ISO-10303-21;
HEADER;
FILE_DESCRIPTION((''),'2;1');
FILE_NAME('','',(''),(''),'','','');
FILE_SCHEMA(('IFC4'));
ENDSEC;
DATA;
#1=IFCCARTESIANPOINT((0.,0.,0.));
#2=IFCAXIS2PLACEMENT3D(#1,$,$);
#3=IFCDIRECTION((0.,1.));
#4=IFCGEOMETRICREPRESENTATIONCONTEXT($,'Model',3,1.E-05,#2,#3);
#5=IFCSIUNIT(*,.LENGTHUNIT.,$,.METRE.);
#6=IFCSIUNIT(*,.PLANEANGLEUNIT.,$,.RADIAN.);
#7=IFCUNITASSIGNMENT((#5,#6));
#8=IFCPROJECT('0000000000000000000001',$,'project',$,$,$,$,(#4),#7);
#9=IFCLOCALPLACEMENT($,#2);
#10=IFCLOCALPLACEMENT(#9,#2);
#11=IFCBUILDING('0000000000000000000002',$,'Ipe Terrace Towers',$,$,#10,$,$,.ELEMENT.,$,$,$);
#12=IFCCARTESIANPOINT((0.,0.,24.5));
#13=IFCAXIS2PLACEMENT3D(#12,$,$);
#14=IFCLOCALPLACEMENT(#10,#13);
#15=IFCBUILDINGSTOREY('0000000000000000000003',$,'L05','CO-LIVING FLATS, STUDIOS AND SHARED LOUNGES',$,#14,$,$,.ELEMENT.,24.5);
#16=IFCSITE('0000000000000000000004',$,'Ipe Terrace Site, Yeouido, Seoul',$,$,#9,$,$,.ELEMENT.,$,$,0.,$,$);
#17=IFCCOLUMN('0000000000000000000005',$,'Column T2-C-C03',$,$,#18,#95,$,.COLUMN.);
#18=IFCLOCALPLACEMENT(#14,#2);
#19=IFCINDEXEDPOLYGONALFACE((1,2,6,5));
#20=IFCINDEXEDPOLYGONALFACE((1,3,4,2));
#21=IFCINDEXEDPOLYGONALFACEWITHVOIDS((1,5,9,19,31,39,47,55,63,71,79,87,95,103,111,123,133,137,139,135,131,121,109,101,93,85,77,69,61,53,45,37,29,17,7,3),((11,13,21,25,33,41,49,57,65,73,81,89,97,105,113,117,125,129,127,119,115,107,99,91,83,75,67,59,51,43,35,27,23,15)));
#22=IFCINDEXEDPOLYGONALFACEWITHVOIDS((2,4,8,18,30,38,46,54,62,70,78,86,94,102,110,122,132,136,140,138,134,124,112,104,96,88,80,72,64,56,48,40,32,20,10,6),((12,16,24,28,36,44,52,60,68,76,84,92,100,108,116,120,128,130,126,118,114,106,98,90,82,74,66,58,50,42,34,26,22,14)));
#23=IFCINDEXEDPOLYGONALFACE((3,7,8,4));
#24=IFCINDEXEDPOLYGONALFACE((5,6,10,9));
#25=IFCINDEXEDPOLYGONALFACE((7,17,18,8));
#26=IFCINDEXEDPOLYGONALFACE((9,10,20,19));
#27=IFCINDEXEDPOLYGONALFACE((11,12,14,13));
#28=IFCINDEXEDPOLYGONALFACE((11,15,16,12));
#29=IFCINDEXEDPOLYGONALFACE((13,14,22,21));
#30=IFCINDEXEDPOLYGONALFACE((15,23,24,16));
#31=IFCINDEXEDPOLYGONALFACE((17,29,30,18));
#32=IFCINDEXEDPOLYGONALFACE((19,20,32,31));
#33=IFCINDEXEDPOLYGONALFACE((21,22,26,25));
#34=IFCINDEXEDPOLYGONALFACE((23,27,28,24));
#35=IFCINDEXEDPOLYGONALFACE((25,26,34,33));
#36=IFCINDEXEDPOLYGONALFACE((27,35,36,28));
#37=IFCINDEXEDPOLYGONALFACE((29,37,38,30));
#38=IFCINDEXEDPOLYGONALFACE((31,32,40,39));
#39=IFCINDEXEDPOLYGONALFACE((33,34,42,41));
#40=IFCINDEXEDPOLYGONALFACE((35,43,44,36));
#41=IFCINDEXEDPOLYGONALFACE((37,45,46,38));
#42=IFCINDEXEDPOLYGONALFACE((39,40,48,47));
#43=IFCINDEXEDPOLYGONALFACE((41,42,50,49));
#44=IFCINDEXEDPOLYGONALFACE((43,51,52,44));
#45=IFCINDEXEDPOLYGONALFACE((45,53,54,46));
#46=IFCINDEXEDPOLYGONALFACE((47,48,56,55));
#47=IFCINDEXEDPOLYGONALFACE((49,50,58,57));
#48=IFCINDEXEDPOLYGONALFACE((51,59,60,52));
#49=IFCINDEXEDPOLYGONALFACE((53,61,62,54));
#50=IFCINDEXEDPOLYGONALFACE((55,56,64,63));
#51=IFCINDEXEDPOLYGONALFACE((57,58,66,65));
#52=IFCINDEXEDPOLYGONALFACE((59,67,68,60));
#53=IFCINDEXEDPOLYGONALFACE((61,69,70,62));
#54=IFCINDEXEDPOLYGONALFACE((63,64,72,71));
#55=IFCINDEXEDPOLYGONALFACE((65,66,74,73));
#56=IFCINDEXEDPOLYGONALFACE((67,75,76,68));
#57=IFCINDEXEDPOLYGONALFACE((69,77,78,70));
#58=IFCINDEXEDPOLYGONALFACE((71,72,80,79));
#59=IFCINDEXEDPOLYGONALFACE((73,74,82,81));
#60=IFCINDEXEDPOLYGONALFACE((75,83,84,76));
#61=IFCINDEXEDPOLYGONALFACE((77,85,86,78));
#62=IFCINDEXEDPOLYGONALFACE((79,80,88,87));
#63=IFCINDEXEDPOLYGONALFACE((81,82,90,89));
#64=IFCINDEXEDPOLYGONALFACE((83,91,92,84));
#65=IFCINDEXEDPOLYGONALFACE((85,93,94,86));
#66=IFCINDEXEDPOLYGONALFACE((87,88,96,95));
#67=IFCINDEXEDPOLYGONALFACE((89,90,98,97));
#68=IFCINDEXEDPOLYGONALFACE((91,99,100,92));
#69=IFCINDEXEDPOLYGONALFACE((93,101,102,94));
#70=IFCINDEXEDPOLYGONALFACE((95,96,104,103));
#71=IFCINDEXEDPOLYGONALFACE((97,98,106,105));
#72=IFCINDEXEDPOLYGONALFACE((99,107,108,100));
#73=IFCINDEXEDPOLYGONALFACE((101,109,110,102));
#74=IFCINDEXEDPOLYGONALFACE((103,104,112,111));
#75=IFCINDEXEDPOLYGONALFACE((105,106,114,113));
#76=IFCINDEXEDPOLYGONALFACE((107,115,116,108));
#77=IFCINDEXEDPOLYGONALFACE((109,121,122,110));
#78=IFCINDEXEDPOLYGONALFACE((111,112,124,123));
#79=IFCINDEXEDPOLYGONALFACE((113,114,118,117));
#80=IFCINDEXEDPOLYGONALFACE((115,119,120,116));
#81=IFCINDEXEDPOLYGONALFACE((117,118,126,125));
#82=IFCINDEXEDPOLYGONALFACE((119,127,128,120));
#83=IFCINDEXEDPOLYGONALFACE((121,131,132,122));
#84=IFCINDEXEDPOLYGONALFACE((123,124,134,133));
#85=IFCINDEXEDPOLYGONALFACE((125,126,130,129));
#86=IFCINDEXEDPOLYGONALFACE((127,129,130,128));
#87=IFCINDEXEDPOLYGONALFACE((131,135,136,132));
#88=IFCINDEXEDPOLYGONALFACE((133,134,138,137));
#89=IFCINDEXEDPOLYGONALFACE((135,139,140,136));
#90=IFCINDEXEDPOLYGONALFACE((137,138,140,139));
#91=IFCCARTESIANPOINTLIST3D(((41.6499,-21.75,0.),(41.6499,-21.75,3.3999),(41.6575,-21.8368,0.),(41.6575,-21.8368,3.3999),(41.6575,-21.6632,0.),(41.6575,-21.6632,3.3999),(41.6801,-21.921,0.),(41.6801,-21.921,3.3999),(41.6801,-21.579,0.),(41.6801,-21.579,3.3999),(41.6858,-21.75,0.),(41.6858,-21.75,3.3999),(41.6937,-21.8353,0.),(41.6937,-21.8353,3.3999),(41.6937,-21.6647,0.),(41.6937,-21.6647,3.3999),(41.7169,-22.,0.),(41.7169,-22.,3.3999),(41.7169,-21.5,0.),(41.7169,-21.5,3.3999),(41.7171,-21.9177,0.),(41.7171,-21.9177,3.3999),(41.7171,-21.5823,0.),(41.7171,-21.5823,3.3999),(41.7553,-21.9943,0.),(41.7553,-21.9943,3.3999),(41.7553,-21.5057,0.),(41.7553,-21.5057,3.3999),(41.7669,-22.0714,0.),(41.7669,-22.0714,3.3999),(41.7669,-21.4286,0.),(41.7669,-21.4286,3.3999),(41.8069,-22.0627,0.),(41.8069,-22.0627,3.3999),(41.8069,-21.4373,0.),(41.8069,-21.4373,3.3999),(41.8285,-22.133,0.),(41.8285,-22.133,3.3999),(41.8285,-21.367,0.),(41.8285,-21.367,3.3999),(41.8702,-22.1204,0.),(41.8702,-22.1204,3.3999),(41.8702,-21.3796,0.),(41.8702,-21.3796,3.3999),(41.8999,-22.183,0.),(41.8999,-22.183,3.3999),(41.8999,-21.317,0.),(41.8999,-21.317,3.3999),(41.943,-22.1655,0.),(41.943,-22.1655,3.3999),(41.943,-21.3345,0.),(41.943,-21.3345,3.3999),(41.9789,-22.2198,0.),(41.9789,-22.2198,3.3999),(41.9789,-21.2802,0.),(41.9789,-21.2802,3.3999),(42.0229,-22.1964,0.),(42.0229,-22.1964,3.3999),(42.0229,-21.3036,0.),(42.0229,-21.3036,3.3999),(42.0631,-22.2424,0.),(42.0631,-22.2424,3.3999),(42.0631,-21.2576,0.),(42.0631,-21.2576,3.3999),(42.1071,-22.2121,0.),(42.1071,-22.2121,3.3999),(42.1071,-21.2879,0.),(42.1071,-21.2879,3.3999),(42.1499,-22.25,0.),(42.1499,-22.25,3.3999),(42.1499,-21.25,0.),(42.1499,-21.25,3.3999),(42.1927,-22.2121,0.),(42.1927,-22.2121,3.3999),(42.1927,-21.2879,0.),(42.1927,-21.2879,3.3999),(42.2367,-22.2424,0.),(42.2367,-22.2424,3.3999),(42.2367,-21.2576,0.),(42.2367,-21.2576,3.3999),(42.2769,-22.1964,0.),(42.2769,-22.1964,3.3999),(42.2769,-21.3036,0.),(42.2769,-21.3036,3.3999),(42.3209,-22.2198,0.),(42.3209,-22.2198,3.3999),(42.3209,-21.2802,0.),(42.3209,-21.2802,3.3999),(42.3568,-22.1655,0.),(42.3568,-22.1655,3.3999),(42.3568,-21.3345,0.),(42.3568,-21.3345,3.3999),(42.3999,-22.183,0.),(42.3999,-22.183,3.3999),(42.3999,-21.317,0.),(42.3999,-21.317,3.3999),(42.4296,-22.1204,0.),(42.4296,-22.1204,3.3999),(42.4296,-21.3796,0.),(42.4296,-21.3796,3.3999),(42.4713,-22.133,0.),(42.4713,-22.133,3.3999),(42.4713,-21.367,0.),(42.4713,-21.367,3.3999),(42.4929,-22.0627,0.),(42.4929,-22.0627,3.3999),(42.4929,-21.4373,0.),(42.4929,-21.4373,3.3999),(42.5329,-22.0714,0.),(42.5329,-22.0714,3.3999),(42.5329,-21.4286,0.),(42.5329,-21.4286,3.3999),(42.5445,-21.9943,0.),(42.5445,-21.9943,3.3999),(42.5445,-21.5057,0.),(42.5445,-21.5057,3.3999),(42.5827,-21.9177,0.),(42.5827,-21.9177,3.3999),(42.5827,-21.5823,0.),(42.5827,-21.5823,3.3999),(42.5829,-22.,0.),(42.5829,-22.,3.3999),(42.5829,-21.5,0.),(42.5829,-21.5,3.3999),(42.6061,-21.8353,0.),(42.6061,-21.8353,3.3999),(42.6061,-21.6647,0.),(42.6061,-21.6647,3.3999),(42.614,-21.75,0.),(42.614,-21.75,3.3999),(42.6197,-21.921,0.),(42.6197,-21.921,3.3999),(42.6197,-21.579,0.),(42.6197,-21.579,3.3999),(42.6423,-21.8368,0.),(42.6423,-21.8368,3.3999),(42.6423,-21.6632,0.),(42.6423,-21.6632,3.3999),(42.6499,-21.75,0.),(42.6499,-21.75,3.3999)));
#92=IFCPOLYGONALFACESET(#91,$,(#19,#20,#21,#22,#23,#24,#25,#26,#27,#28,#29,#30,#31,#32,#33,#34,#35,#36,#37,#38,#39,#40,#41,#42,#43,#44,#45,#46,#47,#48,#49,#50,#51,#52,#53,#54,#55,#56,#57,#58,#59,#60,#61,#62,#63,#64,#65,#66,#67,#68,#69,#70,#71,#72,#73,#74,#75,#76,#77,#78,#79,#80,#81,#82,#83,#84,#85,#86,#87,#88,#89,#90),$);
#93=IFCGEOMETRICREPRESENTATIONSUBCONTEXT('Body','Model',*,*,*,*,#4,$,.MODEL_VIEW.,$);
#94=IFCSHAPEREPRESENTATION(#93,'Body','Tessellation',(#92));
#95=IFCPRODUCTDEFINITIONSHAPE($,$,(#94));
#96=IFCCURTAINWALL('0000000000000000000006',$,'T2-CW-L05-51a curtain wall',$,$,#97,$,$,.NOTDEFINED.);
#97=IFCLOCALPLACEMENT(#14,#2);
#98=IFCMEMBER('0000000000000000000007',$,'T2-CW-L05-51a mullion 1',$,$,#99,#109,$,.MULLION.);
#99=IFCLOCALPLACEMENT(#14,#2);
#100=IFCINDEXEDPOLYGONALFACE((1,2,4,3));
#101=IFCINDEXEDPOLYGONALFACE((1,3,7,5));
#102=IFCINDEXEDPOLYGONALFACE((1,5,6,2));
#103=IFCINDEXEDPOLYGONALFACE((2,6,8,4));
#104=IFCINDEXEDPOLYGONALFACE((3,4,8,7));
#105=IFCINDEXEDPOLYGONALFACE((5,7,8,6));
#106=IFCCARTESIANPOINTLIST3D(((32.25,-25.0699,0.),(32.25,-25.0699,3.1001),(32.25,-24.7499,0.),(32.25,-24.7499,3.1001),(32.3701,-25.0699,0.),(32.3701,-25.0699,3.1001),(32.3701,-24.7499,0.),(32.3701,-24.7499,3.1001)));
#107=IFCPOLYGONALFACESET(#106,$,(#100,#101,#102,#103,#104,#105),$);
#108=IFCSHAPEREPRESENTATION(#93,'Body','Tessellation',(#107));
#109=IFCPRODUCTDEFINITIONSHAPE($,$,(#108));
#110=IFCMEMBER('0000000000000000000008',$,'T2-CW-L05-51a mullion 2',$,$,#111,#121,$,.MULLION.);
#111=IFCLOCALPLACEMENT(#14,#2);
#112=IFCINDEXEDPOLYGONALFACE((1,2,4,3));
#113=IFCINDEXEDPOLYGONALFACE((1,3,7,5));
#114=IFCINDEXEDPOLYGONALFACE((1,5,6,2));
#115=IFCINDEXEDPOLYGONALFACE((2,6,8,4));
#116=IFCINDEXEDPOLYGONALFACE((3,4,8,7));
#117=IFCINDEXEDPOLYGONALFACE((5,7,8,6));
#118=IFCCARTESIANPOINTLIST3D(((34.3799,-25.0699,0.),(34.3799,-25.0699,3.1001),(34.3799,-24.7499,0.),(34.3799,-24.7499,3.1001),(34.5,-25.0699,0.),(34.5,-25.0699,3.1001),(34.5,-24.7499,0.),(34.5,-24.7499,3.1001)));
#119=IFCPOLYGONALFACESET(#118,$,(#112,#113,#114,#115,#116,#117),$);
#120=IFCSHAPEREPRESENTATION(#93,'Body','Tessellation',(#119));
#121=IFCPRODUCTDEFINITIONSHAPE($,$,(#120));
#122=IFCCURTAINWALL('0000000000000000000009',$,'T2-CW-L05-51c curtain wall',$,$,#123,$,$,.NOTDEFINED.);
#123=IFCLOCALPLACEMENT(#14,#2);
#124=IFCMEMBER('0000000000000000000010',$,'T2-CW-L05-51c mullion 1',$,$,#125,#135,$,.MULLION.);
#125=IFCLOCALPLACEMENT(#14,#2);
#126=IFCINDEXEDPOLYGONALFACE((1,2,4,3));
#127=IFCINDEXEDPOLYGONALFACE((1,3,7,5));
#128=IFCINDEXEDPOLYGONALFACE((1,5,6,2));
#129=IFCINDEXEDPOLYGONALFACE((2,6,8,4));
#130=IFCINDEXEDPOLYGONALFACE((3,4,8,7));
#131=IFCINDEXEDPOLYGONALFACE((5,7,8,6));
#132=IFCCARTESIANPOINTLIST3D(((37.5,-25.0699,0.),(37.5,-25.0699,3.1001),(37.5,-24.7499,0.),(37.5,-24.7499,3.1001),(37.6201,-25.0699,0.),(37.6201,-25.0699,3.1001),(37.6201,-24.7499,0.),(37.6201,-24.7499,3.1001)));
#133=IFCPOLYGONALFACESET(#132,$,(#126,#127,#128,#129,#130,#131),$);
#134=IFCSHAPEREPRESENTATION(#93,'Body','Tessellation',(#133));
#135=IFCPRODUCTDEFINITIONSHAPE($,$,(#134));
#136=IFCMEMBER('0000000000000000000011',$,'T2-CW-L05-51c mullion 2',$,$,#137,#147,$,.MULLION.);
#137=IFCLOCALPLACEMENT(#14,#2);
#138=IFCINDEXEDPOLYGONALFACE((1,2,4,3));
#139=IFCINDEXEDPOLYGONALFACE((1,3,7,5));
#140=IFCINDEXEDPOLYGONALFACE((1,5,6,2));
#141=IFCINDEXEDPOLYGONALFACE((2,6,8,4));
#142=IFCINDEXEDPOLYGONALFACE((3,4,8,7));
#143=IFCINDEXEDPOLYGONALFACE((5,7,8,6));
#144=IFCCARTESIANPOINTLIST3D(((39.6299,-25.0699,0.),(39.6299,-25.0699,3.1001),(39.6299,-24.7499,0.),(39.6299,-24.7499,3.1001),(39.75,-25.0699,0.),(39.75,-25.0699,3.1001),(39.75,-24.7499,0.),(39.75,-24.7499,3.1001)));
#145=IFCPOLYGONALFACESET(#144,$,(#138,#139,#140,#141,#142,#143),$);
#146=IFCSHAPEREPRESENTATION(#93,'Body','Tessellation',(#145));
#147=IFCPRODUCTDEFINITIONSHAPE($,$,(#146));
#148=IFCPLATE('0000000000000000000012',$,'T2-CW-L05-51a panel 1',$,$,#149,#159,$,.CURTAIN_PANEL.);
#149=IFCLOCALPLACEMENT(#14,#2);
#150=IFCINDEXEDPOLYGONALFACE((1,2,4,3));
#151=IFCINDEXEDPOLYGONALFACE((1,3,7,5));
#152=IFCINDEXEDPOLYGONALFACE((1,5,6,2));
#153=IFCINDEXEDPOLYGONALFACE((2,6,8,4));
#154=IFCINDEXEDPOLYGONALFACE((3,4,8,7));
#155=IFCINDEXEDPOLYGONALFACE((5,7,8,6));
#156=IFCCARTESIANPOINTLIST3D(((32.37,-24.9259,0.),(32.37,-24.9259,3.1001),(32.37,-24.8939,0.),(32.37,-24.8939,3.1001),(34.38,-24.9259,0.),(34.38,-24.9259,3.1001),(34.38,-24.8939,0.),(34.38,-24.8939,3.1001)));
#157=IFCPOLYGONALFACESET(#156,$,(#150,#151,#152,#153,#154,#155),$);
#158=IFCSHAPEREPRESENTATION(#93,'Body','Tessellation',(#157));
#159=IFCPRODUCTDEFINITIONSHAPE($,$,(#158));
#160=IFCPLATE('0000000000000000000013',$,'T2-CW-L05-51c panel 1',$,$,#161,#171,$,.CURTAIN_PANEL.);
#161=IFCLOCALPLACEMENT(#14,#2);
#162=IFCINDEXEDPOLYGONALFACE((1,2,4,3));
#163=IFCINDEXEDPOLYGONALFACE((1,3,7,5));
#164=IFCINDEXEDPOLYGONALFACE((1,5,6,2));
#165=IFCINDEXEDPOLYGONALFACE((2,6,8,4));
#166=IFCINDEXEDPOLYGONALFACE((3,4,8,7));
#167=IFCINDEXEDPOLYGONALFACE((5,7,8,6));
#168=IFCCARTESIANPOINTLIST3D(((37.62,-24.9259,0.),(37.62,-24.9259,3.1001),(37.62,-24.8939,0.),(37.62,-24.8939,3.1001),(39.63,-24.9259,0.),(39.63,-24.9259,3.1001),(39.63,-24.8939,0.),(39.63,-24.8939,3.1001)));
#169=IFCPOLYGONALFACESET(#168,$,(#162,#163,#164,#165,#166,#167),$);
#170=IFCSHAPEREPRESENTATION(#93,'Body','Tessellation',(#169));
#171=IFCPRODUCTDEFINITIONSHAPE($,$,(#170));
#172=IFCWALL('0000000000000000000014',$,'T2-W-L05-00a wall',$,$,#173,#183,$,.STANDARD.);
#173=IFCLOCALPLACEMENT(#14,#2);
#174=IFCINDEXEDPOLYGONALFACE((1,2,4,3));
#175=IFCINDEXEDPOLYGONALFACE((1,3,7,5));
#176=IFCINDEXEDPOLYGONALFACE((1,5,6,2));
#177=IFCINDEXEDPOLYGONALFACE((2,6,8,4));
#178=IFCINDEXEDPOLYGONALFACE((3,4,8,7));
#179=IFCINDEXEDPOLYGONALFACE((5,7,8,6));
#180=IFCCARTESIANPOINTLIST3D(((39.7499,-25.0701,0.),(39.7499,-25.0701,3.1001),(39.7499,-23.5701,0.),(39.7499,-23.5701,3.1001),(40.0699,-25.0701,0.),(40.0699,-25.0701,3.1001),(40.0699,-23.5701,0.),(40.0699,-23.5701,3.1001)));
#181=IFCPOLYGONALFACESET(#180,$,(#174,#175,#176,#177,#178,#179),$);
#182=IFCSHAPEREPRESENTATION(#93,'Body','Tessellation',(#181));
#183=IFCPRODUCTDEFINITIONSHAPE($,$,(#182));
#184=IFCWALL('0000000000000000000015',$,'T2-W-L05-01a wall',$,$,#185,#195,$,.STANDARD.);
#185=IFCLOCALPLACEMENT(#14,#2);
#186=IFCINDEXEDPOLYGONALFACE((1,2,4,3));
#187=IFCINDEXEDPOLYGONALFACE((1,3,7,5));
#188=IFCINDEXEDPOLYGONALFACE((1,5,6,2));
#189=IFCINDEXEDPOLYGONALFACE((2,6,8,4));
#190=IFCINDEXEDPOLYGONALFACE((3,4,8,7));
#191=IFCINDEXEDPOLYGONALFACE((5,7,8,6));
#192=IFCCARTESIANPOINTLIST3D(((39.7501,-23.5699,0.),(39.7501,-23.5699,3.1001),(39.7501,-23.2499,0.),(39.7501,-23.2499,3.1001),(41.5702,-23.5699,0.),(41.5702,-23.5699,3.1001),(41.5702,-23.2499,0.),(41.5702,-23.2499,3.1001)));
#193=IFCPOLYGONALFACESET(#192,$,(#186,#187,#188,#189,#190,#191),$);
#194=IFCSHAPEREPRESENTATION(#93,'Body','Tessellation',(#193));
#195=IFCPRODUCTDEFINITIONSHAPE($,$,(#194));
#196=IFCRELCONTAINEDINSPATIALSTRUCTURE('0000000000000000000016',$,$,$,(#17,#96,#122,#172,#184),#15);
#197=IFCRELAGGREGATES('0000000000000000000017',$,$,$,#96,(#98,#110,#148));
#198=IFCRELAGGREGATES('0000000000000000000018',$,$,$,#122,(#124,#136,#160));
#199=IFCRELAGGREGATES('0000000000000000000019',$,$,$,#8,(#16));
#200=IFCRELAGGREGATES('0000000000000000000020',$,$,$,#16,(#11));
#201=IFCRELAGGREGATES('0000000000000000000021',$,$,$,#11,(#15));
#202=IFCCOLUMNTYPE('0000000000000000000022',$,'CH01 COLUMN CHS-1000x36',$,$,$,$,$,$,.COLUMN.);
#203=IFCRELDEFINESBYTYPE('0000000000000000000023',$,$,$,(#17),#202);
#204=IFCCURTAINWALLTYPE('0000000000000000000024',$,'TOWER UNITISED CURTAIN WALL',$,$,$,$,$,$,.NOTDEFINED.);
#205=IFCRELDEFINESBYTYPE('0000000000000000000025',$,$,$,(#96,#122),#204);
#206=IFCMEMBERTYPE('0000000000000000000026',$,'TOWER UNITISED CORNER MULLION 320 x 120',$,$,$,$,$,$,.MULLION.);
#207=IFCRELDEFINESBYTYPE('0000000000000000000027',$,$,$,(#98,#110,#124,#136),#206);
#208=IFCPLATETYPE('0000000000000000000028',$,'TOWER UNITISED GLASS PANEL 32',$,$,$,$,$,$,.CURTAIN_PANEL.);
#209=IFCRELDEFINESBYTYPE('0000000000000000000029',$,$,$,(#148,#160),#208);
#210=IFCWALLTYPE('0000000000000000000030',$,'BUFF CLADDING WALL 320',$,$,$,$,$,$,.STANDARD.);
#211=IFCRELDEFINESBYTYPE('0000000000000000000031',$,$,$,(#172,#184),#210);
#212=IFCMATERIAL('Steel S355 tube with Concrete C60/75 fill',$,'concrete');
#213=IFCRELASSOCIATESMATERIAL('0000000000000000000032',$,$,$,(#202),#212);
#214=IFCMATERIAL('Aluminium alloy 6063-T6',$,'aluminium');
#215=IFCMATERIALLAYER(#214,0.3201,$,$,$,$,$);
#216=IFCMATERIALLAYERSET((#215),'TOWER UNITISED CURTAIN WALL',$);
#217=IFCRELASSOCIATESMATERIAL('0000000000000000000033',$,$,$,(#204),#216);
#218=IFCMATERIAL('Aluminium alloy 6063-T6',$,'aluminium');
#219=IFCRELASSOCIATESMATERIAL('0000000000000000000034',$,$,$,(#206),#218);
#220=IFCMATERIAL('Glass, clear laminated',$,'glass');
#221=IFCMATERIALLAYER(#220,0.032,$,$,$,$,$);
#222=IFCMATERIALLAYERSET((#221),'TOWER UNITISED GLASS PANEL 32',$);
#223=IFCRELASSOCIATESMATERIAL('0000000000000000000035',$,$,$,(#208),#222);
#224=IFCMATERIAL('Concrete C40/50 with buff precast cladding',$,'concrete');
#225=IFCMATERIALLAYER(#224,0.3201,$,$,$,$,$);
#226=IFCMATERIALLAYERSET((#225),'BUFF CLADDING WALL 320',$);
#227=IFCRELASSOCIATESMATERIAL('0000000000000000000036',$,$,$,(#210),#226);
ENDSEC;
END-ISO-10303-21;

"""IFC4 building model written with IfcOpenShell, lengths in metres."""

from ifc_helpers import new_model, si_unit, direction, frame, frame_2d, origin, origin_2d, place, context, subcontext, project, spatial, rectangle, hollow_circle, extrude, material, layer, layer_set, material_profile, profile_set, type_object, element, aggregate, save


model = new_model("IFC4")

# Units and contexts
model_context = context("Model", 3, precision=1e-05, world=origin(), true_north=direction((0.0, 1.0)))
body_context = subcontext(model_context, "Body", "Model", "MODEL_VIEW")
ifc_project = project(units=[si_unit("LENGTHUNIT", "METRE"), si_unit("PLANEANGLEUNIT", "RADIAN")], contexts=[model_context])

# Site, building, storey
site_placement = place(None, origin())
site = spatial("IfcSite", under=ifc_project, at=site_placement, Name="Ipe Terrace Site, Yeouido, Seoul", CompositionType="ELEMENT", RefElevation=0.0)
building_placement = place(site_placement, origin())
building = spatial("IfcBuilding", under=site, at=building_placement, Name="Ipe Terrace Towers", CompositionType="ELEMENT")
storey_placement = place(building_placement, frame((0.0, 0.0, 24.5)))
storey = spatial("IfcBuildingStorey", under=building, at=storey_placement, Name="L05", Description="CO-LIVING FLATS, STUDIOS AND SHARED LOUNGES", CompositionType="ELEMENT", Elevation=24.5)

# Column
ifc_material_1 = material(Name="Steel S355 tube with Concrete C60/75 fill", Category="concrete")
ifc_material_profile_1 = material_profile(ifc_material_1, hollow_circle(Radius=0.5, WallThickness=0.0359, at=origin_2d()), Name="CHS-1000x36")
ifc_profile_set_1 = profile_set([ifc_material_profile_1], Name="Steel S355 tube with Concrete C60/75 fill")
column_type = type_object("IfcColumnType", Name="CH01 COLUMN CHS-1000x36", PredefinedType="COLUMN", material=ifc_profile_set_1)
column_placement = place(storey_placement, frame((42.1499, -21.75, 0.0), z_axis=(0.0, 0.0, 1.0), x_axis=(1.0, 0.0, 0.0)))
element("IfcColumn", 1, at=column_placement, inside=storey, type_object=column_type, Name="Column T2-C-C03", PredefinedType="COLUMN", context=body_context, shape_type="SweptSolid", body=[
    extrude(hollow_circle(Radius=0.5, WallThickness=0.0359, at=origin_2d()), origin(), (0.0, 0.0, 1.0), 3.3999),
])

# Curtain walls, members
ifc_material_2 = material(Name="Aluminium alloy 6063-T6", Category="aluminium")
ifc_layer_1 = layer(ifc_material_2, 0.3201)
ifc_layer_set_1 = layer_set([ifc_layer_1], Name="TOWER UNITISED CURTAIN WALL")
curtain_wall_type = type_object("IfcCurtainWallType", Name="TOWER UNITISED CURTAIN WALL", PredefinedType="NOTDEFINED", material=ifc_layer_set_1)
curtain_wall_1_placement = place(storey_placement, origin())
curtain_wall_1 = element("IfcCurtainWall", 2, at=curtain_wall_1_placement, inside=storey, type_object=curtain_wall_type, Name="T2-CW-L05-51a curtain wall", PredefinedType="NOTDEFINED")
ifc_material_3 = material(Name="Aluminium alloy 6063-T6", Category="aluminium")
ifc_material_profile_2 = material_profile(ifc_material_3, rectangle(XDim=0.3201, YDim=0.1201, at=origin_2d()), Name="TOWER UNITISED CORNER MULLION 320 x 120")
ifc_profile_set_2 = profile_set([ifc_material_profile_2], Name="Aluminium alloy 6063-T6")
member_type = type_object("IfcMemberType", Name="TOWER UNITISED CORNER MULLION 320 x 120", PredefinedType="MULLION", material=ifc_profile_set_2)
member_1_placement = place(storey_placement, frame((32.3101, -24.9099, 0.0), z_axis=(0.0, 0.0, 1.0), x_axis=(0.0, -1.0, 0.0)))
member_1 = element("IfcMember", 3, at=member_1_placement, type_object=member_type, Name="T2-CW-L05-51a mullion 1", PredefinedType="MULLION", context=body_context, shape_type="SweptSolid", body=[
    extrude(rectangle(XDim=0.3201, YDim=0.1201, at=origin_2d()), origin(), (0.0, 0.0, 1.0), 3.1001),
])
member_2_placement = place(storey_placement, frame((34.4399, -24.9099, 0.0), z_axis=(0.0, 0.0, 1.0), x_axis=(0.0, -1.0, 0.0)))
member_2 = element("IfcMember", 4, at=member_2_placement, type_object=member_type, Name="T2-CW-L05-51a mullion 2", PredefinedType="MULLION", context=body_context, shape_type="SweptSolid", body=[
    extrude(rectangle(XDim=0.3201, YDim=0.1201, at=origin_2d()), origin(), (0.0, 0.0, 1.0), 3.1001),
])
curtain_wall_2_placement = place(storey_placement, origin())
curtain_wall_2 = element("IfcCurtainWall", 5, at=curtain_wall_2_placement, inside=storey, type_object=curtain_wall_type, Name="T2-CW-L05-51c curtain wall", PredefinedType="NOTDEFINED")
member_3_placement = place(storey_placement, frame((37.5601, -24.9099, 0.0), z_axis=(0.0, 0.0, 1.0), x_axis=(0.0, -1.0, 0.0)))
member_3 = element("IfcMember", 6, at=member_3_placement, type_object=member_type, Name="T2-CW-L05-51c mullion 1", PredefinedType="MULLION", context=body_context, shape_type="SweptSolid", body=[
    extrude(rectangle(XDim=0.3201, YDim=0.1201, at=origin_2d()), origin(), (0.0, 0.0, 1.0), 3.1001),
])
member_4_placement = place(storey_placement, frame((39.6899, -24.9099, 0.0), z_axis=(0.0, 0.0, 1.0), x_axis=(0.0, -1.0, 0.0)))
member_4 = element("IfcMember", 7, at=member_4_placement, type_object=member_type, Name="T2-CW-L05-51c mullion 2", PredefinedType="MULLION", context=body_context, shape_type="SweptSolid", body=[
    extrude(rectangle(XDim=0.3201, YDim=0.1201, at=origin_2d()), origin(), (0.0, 0.0, 1.0), 3.1001),
])

# Plates
ifc_material_4 = material(Name="Glass, clear laminated", Category="glass")
ifc_layer_2 = layer(ifc_material_4, 0.032)
ifc_layer_set_2 = layer_set([ifc_layer_2], Name="TOWER UNITISED GLASS PANEL 32")
plate_type = type_object("IfcPlateType", Name="TOWER UNITISED GLASS PANEL 32", PredefinedType="CURTAIN_PANEL", material=ifc_layer_set_2)
plate_1_placement = place(storey_placement, frame((33.375, -24.9099, 0.0), z_axis=(0.0, 0.0, 1.0), x_axis=(1.0, 0.0, 0.0)))
plate_1 = element("IfcPlate", 8, at=plate_1_placement, type_object=plate_type, Name="T2-CW-L05-51a panel 1", PredefinedType="CURTAIN_PANEL", context=body_context, shape_type="SweptSolid", body=[
    extrude(rectangle(XDim=2.01, YDim=0.032, at=origin_2d()), origin(), (0.0, 0.0, 1.0), 3.1001),
])
aggregate(curtain_wall_1, [member_1, member_2, plate_1])
plate_2_placement = place(storey_placement, frame((38.625, -24.9099, 0.0), z_axis=(0.0, 0.0, 1.0), x_axis=(1.0, 0.0, 0.0)))
plate_2 = element("IfcPlate", 9, at=plate_2_placement, type_object=plate_type, Name="T2-CW-L05-51c panel 1", PredefinedType="CURTAIN_PANEL", context=body_context, shape_type="SweptSolid", body=[
    extrude(rectangle(XDim=2.01, YDim=0.032, at=origin_2d()), origin(), (0.0, 0.0, 1.0), 3.1001),
])
aggregate(curtain_wall_2, [member_3, member_4, plate_2])

# Walls
ifc_material_5 = material(Name="Concrete C40/50 with buff precast cladding", Category="concrete")
ifc_layer_3 = layer(ifc_material_5, 0.3201)
ifc_layer_set_3 = layer_set([ifc_layer_3], Name="BUFF CLADDING WALL 320")
wall_type_1 = type_object("IfcWallType", Name="BUFF CLADDING WALL 320", PredefinedType="STANDARD", material=ifc_layer_set_3)
wall_1_placement = place(storey_placement, frame((39.9099, -25.0701, 0.0), z_axis=(0.0, 0.0, 1.0), x_axis=(0.0, 1.0, 0.0)))
element("IfcWall", 10, at=wall_1_placement, inside=storey, type_object=wall_type_1, Name="T2-W-L05-00a wall", PredefinedType="STANDARD", context=body_context, shape_type="SweptSolid", body=[
    extrude(rectangle(XDim=1.5, YDim=0.3201, at=frame_2d((0.75, 0.0))), origin(), (0.0, 0.0, 1.0), 3.1001),
])
wall_2_placement = place(storey_placement, frame((39.75, -23.4099, 0.0), z_axis=(0.0, 0.0, 1.0), x_axis=(1.0, 0.0, 0.0)))
element("IfcWall", 11, at=wall_2_placement, inside=storey, type_object=wall_type_1, Name="T2-W-L05-01a wall", PredefinedType="STANDARD", context=body_context, shape_type="SweptSolid", body=[
    extrude(rectangle(XDim=1.8201, YDim=0.3201, at=frame_2d((0.9102, 0.0))), origin(), (0.0, 0.0, 1.0), 3.1001),
])

save(model, "model.ifc")
